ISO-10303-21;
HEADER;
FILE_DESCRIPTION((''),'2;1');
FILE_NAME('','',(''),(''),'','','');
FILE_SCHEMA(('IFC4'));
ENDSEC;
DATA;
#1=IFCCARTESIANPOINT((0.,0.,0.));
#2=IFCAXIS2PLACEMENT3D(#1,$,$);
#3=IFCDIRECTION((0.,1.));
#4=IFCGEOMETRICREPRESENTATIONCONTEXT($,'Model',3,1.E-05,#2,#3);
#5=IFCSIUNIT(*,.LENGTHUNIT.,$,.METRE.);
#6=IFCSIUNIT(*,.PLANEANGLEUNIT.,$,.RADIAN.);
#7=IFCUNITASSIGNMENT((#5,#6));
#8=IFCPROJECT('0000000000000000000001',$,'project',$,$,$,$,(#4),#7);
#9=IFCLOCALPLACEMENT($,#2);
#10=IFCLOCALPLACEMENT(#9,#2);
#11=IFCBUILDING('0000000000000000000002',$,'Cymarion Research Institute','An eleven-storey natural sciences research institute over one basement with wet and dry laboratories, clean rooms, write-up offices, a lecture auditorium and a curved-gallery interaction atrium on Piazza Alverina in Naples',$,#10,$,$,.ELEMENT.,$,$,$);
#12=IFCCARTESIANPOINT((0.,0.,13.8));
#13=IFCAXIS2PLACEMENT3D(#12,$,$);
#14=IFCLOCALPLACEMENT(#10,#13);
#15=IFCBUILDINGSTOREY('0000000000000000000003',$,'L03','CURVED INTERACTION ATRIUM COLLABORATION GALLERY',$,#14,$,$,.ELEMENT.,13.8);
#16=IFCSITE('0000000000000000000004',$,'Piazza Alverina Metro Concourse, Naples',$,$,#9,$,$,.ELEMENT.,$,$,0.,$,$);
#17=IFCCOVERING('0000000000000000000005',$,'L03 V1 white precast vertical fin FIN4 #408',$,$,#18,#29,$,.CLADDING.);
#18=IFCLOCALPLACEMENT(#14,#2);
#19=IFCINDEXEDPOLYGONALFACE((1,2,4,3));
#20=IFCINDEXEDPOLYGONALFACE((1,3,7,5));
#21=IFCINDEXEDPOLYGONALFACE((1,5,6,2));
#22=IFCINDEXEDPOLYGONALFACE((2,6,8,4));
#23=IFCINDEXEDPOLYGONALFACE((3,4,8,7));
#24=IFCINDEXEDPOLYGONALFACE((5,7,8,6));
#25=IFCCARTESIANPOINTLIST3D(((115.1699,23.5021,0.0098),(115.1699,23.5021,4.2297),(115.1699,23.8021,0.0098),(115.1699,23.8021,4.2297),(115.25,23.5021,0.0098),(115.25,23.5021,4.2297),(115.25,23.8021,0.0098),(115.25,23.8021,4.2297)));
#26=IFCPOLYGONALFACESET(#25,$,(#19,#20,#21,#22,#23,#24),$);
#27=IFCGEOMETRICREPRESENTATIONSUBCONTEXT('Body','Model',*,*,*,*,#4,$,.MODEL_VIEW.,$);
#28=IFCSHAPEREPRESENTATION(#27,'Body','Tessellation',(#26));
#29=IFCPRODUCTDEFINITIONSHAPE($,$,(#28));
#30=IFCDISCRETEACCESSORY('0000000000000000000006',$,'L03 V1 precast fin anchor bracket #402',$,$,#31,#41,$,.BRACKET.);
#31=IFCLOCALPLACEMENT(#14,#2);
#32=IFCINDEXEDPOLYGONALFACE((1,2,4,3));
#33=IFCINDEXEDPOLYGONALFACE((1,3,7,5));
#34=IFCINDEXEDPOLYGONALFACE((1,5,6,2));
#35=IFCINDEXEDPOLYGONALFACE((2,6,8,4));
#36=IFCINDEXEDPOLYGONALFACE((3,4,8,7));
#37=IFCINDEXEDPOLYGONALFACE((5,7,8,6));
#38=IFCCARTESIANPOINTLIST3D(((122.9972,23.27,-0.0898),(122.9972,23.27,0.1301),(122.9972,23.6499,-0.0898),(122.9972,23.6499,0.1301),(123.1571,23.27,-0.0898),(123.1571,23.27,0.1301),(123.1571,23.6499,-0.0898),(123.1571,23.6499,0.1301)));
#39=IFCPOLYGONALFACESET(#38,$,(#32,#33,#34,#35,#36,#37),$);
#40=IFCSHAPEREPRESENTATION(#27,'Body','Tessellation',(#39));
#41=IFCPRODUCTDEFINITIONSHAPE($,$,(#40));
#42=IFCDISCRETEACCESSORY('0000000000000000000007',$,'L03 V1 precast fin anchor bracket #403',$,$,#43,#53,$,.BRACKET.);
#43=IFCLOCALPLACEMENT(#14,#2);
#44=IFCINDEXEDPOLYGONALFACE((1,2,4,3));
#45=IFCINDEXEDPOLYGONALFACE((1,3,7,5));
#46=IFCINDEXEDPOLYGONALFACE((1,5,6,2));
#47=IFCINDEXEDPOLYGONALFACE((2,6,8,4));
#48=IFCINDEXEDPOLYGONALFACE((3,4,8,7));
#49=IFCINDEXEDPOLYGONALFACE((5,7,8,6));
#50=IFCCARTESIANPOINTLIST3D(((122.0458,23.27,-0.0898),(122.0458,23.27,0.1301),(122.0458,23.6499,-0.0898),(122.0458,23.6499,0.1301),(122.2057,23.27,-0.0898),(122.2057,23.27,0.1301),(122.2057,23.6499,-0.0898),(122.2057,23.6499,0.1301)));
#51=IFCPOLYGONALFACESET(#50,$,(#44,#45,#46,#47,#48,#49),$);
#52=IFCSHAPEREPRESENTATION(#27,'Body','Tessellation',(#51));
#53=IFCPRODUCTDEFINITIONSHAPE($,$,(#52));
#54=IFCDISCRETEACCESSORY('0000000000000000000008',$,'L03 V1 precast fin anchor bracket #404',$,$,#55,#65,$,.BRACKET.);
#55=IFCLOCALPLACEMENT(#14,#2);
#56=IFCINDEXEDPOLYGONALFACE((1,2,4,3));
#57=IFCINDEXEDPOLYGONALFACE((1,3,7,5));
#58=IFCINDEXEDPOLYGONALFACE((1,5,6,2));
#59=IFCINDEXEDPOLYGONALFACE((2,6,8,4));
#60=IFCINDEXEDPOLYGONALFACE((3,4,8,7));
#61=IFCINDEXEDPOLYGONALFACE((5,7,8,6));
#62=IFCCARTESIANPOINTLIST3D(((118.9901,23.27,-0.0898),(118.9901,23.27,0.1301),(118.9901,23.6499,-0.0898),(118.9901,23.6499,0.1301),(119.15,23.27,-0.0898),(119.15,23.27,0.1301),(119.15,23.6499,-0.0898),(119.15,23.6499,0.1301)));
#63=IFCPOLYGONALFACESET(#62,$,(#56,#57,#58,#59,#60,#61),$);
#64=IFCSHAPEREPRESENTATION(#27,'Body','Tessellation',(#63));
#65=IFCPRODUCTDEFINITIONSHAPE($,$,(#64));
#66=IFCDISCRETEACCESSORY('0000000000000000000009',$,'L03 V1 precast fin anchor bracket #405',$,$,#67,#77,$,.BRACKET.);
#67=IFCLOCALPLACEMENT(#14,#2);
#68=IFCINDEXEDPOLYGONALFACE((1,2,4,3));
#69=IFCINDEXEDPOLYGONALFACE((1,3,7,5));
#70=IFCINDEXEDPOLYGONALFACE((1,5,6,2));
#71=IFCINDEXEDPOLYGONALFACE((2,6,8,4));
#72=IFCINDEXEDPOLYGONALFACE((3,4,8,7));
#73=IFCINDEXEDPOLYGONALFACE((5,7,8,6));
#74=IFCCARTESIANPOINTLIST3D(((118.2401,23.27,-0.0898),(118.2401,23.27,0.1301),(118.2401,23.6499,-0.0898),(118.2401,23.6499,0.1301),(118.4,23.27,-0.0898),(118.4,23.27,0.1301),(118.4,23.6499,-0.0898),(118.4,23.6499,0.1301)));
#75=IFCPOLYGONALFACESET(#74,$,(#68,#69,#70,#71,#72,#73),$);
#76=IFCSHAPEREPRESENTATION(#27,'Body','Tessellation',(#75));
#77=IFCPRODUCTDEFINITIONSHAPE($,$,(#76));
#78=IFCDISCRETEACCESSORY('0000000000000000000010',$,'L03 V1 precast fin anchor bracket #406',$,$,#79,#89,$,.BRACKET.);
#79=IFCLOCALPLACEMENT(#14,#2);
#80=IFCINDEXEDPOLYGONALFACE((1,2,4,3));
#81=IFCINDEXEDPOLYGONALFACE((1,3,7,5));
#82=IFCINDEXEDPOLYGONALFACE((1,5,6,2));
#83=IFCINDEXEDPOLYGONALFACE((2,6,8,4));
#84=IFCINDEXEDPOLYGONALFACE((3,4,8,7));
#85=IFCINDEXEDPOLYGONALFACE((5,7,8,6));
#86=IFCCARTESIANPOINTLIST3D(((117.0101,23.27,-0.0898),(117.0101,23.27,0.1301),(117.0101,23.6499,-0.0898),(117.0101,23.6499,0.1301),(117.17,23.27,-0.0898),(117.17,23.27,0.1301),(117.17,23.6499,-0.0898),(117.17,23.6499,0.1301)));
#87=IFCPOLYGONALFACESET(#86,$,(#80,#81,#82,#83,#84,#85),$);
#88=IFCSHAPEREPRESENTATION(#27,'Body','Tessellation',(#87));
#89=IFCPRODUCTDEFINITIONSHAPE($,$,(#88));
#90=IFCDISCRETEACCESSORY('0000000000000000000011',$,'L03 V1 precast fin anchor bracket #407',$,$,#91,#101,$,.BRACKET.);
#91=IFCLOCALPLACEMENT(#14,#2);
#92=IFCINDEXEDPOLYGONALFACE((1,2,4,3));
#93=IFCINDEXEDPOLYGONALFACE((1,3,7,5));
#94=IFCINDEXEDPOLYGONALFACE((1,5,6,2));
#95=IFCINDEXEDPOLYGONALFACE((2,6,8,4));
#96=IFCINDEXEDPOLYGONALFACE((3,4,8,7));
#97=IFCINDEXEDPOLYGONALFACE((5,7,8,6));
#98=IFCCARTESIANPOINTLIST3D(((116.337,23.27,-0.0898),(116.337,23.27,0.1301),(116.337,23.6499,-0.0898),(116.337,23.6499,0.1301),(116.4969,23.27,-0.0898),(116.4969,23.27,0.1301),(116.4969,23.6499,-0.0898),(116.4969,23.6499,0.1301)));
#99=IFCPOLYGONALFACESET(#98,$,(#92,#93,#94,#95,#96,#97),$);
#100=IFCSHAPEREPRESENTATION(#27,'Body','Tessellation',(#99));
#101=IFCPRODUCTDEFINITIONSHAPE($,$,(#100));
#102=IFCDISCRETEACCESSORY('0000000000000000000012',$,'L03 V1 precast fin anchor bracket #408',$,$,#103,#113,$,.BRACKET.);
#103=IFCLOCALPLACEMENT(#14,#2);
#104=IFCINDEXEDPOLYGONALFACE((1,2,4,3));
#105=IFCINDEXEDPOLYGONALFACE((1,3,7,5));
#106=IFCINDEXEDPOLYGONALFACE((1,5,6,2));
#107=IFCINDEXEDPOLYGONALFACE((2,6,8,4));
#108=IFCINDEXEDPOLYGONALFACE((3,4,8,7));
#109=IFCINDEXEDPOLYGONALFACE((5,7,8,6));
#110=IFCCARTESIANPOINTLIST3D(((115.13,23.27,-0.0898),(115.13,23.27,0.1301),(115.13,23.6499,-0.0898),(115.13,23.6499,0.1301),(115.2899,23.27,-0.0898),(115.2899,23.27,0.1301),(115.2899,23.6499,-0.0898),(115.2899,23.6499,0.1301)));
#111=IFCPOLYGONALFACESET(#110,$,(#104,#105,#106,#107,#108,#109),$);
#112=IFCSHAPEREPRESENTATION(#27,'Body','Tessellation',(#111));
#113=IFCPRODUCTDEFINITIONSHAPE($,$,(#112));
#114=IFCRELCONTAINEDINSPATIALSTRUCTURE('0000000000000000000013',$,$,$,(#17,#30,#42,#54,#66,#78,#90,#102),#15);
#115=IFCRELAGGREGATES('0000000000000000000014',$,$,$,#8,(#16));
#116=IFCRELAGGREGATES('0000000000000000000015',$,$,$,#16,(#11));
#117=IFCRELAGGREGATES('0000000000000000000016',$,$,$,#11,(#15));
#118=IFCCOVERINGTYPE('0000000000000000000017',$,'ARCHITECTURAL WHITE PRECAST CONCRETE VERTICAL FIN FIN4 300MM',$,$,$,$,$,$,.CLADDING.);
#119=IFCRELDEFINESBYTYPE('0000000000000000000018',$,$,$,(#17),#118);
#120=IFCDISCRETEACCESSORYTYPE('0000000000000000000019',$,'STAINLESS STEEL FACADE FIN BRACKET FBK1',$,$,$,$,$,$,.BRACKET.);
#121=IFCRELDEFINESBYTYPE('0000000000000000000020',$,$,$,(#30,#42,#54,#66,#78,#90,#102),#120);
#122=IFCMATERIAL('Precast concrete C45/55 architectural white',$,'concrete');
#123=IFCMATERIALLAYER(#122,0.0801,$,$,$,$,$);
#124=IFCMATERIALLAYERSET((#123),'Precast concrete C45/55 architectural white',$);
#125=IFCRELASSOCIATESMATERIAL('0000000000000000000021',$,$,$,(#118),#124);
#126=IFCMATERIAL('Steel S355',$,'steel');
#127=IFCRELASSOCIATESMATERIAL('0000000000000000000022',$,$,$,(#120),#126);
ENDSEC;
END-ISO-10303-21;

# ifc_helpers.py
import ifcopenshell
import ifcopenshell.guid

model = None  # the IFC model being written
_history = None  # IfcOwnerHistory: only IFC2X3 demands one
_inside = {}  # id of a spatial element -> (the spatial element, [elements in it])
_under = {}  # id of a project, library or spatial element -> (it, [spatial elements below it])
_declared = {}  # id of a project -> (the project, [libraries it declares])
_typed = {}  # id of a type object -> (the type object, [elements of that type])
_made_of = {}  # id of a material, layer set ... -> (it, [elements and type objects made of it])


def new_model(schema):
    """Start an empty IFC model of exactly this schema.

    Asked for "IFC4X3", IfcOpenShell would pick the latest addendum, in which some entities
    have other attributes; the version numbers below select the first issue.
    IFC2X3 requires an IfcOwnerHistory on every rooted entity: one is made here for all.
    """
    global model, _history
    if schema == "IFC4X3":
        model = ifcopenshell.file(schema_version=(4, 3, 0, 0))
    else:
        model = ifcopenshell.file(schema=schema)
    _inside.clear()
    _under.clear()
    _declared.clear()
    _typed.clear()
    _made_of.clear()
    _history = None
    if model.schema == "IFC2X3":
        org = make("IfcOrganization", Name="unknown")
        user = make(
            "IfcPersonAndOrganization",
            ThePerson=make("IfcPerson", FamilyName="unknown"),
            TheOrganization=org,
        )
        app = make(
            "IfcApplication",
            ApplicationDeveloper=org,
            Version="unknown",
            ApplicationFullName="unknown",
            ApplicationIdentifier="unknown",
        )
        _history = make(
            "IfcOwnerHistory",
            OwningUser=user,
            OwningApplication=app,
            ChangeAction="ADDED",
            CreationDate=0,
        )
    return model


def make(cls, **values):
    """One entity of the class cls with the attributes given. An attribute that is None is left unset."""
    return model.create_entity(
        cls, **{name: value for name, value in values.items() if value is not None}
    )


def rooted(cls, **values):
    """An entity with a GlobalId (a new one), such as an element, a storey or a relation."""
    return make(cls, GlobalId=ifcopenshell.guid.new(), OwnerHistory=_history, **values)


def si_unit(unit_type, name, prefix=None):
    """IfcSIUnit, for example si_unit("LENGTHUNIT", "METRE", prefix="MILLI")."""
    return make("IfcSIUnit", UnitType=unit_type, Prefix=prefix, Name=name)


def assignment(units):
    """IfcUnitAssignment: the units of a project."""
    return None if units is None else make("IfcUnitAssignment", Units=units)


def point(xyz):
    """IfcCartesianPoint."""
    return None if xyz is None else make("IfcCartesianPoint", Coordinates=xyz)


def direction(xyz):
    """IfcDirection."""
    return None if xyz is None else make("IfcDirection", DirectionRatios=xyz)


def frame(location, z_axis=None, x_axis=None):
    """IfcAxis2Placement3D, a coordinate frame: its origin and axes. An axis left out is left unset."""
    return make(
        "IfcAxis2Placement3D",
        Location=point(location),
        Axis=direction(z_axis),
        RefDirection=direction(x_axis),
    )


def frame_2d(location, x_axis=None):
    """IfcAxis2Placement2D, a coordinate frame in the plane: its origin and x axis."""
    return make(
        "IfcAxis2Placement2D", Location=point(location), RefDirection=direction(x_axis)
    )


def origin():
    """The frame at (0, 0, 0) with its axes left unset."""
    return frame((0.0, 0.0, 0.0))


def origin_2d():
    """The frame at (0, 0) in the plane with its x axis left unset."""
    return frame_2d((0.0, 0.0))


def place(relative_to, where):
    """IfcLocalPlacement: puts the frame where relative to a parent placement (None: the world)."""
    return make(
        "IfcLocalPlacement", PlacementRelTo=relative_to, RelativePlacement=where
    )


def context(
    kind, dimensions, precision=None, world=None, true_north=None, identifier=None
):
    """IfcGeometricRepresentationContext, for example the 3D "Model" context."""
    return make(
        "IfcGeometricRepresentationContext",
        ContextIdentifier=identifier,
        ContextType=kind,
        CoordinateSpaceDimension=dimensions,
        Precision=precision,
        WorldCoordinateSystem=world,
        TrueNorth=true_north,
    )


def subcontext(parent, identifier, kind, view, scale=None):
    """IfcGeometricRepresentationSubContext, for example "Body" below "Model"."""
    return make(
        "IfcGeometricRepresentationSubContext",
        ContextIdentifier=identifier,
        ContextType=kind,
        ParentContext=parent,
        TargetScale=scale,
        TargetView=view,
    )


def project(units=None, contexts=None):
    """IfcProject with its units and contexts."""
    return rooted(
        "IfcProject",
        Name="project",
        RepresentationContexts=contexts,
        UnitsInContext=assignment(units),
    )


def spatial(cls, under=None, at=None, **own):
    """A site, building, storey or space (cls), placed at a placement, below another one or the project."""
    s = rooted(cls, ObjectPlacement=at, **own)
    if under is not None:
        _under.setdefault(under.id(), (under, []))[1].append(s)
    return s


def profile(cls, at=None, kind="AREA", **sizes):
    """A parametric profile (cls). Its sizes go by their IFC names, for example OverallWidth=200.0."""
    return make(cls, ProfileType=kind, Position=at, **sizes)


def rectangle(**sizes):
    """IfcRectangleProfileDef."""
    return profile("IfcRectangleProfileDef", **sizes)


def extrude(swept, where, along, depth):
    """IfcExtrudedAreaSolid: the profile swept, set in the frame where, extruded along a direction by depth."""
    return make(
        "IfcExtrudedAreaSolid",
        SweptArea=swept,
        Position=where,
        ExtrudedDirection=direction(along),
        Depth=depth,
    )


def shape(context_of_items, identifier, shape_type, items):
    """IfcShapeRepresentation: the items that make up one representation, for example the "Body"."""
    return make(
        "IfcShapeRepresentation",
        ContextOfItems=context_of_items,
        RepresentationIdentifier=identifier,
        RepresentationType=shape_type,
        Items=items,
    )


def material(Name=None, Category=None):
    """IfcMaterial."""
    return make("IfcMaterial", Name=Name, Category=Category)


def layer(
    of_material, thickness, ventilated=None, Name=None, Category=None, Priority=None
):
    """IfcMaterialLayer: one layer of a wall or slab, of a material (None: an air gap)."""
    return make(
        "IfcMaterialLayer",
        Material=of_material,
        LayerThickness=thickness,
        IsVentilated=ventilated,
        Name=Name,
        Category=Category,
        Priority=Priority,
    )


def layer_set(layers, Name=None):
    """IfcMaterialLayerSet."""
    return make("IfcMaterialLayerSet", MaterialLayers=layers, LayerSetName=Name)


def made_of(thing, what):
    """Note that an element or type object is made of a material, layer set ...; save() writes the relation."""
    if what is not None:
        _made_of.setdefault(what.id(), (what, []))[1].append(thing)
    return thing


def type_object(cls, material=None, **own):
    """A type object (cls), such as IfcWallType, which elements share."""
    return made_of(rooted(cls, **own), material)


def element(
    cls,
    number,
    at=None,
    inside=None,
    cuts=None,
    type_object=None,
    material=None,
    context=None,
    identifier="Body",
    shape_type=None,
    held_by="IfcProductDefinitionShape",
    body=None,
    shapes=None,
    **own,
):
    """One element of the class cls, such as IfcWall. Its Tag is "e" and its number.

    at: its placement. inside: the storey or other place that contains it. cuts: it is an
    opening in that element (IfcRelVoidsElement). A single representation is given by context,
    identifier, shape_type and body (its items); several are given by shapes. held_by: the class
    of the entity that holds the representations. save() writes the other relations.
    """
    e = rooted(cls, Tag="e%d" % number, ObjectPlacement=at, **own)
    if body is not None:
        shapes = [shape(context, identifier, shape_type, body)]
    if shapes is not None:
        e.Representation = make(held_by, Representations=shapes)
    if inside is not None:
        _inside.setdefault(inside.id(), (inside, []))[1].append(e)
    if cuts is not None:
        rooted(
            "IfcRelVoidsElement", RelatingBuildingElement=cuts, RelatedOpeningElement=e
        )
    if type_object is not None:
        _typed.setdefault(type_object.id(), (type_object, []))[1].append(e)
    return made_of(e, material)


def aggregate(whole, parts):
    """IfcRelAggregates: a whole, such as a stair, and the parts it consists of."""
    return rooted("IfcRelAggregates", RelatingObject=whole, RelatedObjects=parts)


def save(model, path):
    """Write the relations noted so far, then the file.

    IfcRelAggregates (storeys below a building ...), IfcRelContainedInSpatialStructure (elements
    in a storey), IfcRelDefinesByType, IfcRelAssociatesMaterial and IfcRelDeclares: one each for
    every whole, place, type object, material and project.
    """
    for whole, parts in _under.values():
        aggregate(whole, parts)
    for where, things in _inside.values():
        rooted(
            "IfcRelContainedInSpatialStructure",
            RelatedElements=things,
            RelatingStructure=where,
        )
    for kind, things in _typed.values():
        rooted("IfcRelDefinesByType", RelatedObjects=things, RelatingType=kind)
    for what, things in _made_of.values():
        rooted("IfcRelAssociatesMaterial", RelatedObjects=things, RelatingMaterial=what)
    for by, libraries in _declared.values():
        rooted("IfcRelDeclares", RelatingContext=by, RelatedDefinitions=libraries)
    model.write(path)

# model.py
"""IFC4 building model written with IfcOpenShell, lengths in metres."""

from ifc_helpers import new_model, si_unit, direction, frame, origin, origin_2d, place, context, subcontext, project, spatial, rectangle, extrude, material, layer, layer_set, type_object, element, save


model = new_model("IFC4")

# Units and contexts
model_context = context("Model", 3, precision=1e-05, world=origin(), true_north=direction((0.0, 1.0)))
body_context = subcontext(model_context, "Body", "Model", "MODEL_VIEW")
ifc_project = project(units=[si_unit("LENGTHUNIT", "METRE"), si_unit("PLANEANGLEUNIT", "RADIAN")], contexts=[model_context])

# Site, building, storey
site_placement = place(None, origin())
site = spatial("IfcSite", under=ifc_project, at=site_placement, Name="Piazza Alverina Metro Concourse, Naples", CompositionType="ELEMENT", RefElevation=0.0)
building_placement = place(site_placement, origin())
building = spatial("IfcBuilding", under=site, at=building_placement, Name="Cymarion Research Institute", Description="An eleven-storey natural sciences research institute over one basement with wet and dry laboratories, clean rooms, write-up offices, a lecture auditorium and a curved-gallery interaction atrium on Piazza Alverina in Naples", CompositionType="ELEMENT")
storey_placement = place(building_placement, frame((0.0, 0.0, 13.8)))
storey = spatial("IfcBuildingStorey", under=building, at=storey_placement, Name="L03", Description="CURVED INTERACTION ATRIUM COLLABORATION GALLERY", CompositionType="ELEMENT", Elevation=13.8)

# Shared definitions
ifc_material_1 = material(Name="Steel S355", Category="steel")

# Covering
ifc_material_2 = material(Name="Precast concrete C45/55 architectural white", Category="concrete")
ifc_layer_1 = layer(ifc_material_2, 0.0801)
ifc_layer_set_1 = layer_set([ifc_layer_1], Name="Precast concrete C45/55 architectural white")
covering_type = type_object("IfcCoveringType", Name="ARCHITECTURAL WHITE PRECAST CONCRETE VERTICAL FIN FIN4 300MM", PredefinedType="CLADDING", material=ifc_layer_set_1)
for number, where, z_axis, x_axis, name in (
    (1, (115.21, 23.6521, 0.0098), (0.0, 0.0, 1.0), (0.0, 1.0, 0.0), "L03 V1 white precast vertical fin FIN4 #408"),
):
    element("IfcCovering", number, at=place(storey_placement, frame(where, z_axis=z_axis, x_axis=x_axis)), inside=storey, type_object=covering_type, Name=name, PredefinedType="CLADDING", context=body_context, shape_type="SweptSolid", body=[
        extrude(rectangle(XDim=0.3, YDim=0.0801, at=origin_2d()), origin(), (0.0, 0.0, 1.0), 4.22),
    ])

# Discrete accessories
discrete_accessory_type = type_object("IfcDiscreteAccessoryType", Name="STAINLESS STEEL FACADE FIN BRACKET FBK1", PredefinedType="BRACKET", material=ifc_material_1)
for number, where, z_axis, x_axis, name in (
    (2, (123.0771, 23.46, -0.0898), (0.0, 0.0, 1.0), (0.0, 1.0, 0.0), "L03 V1 precast fin anchor bracket #402"),
    (3, (122.1257, 23.46, -0.0898), (0.0, 0.0, 1.0), (0.0, 1.0, 0.0), "L03 V1 precast fin anchor bracket #403"),
    (4, (119.0701, 23.46, -0.0898), (0.0, 0.0, 1.0), (0.0, 1.0, 0.0), "L03 V1 precast fin anchor bracket #404"),
    (5, (118.3201, 23.46, -0.0898), (0.0, 0.0, 1.0), (0.0, 1.0, 0.0), "L03 V1 precast fin anchor bracket #405"),
    (6, (117.0901, 23.46, -0.0898), (0.0, 0.0, 1.0), (0.0, 1.0, 0.0), "L03 V1 precast fin anchor bracket #406"),
    (7, (116.417, 23.46, -0.0898), (0.0, 0.0, 1.0), (0.0, 1.0, 0.0), "L03 V1 precast fin anchor bracket #407"),
    (8, (115.21, 23.46, -0.0898), (0.0, 0.0, 1.0), (0.0, 1.0, 0.0), "L03 V1 precast fin anchor bracket #408"),
):
    element("IfcDiscreteAccessory", number, at=place(storey_placement, frame(where, z_axis=z_axis, x_axis=x_axis)), inside=storey, type_object=discrete_accessory_type, Name=name, PredefinedType="BRACKET", context=body_context, shape_type="SweptSolid", body=[
        extrude(rectangle(XDim=0.3799, YDim=0.1599, at=origin_2d()), origin(), (0.0, 0.0, 1.0), 0.22),
    ])

save(model, "model.ifc")
